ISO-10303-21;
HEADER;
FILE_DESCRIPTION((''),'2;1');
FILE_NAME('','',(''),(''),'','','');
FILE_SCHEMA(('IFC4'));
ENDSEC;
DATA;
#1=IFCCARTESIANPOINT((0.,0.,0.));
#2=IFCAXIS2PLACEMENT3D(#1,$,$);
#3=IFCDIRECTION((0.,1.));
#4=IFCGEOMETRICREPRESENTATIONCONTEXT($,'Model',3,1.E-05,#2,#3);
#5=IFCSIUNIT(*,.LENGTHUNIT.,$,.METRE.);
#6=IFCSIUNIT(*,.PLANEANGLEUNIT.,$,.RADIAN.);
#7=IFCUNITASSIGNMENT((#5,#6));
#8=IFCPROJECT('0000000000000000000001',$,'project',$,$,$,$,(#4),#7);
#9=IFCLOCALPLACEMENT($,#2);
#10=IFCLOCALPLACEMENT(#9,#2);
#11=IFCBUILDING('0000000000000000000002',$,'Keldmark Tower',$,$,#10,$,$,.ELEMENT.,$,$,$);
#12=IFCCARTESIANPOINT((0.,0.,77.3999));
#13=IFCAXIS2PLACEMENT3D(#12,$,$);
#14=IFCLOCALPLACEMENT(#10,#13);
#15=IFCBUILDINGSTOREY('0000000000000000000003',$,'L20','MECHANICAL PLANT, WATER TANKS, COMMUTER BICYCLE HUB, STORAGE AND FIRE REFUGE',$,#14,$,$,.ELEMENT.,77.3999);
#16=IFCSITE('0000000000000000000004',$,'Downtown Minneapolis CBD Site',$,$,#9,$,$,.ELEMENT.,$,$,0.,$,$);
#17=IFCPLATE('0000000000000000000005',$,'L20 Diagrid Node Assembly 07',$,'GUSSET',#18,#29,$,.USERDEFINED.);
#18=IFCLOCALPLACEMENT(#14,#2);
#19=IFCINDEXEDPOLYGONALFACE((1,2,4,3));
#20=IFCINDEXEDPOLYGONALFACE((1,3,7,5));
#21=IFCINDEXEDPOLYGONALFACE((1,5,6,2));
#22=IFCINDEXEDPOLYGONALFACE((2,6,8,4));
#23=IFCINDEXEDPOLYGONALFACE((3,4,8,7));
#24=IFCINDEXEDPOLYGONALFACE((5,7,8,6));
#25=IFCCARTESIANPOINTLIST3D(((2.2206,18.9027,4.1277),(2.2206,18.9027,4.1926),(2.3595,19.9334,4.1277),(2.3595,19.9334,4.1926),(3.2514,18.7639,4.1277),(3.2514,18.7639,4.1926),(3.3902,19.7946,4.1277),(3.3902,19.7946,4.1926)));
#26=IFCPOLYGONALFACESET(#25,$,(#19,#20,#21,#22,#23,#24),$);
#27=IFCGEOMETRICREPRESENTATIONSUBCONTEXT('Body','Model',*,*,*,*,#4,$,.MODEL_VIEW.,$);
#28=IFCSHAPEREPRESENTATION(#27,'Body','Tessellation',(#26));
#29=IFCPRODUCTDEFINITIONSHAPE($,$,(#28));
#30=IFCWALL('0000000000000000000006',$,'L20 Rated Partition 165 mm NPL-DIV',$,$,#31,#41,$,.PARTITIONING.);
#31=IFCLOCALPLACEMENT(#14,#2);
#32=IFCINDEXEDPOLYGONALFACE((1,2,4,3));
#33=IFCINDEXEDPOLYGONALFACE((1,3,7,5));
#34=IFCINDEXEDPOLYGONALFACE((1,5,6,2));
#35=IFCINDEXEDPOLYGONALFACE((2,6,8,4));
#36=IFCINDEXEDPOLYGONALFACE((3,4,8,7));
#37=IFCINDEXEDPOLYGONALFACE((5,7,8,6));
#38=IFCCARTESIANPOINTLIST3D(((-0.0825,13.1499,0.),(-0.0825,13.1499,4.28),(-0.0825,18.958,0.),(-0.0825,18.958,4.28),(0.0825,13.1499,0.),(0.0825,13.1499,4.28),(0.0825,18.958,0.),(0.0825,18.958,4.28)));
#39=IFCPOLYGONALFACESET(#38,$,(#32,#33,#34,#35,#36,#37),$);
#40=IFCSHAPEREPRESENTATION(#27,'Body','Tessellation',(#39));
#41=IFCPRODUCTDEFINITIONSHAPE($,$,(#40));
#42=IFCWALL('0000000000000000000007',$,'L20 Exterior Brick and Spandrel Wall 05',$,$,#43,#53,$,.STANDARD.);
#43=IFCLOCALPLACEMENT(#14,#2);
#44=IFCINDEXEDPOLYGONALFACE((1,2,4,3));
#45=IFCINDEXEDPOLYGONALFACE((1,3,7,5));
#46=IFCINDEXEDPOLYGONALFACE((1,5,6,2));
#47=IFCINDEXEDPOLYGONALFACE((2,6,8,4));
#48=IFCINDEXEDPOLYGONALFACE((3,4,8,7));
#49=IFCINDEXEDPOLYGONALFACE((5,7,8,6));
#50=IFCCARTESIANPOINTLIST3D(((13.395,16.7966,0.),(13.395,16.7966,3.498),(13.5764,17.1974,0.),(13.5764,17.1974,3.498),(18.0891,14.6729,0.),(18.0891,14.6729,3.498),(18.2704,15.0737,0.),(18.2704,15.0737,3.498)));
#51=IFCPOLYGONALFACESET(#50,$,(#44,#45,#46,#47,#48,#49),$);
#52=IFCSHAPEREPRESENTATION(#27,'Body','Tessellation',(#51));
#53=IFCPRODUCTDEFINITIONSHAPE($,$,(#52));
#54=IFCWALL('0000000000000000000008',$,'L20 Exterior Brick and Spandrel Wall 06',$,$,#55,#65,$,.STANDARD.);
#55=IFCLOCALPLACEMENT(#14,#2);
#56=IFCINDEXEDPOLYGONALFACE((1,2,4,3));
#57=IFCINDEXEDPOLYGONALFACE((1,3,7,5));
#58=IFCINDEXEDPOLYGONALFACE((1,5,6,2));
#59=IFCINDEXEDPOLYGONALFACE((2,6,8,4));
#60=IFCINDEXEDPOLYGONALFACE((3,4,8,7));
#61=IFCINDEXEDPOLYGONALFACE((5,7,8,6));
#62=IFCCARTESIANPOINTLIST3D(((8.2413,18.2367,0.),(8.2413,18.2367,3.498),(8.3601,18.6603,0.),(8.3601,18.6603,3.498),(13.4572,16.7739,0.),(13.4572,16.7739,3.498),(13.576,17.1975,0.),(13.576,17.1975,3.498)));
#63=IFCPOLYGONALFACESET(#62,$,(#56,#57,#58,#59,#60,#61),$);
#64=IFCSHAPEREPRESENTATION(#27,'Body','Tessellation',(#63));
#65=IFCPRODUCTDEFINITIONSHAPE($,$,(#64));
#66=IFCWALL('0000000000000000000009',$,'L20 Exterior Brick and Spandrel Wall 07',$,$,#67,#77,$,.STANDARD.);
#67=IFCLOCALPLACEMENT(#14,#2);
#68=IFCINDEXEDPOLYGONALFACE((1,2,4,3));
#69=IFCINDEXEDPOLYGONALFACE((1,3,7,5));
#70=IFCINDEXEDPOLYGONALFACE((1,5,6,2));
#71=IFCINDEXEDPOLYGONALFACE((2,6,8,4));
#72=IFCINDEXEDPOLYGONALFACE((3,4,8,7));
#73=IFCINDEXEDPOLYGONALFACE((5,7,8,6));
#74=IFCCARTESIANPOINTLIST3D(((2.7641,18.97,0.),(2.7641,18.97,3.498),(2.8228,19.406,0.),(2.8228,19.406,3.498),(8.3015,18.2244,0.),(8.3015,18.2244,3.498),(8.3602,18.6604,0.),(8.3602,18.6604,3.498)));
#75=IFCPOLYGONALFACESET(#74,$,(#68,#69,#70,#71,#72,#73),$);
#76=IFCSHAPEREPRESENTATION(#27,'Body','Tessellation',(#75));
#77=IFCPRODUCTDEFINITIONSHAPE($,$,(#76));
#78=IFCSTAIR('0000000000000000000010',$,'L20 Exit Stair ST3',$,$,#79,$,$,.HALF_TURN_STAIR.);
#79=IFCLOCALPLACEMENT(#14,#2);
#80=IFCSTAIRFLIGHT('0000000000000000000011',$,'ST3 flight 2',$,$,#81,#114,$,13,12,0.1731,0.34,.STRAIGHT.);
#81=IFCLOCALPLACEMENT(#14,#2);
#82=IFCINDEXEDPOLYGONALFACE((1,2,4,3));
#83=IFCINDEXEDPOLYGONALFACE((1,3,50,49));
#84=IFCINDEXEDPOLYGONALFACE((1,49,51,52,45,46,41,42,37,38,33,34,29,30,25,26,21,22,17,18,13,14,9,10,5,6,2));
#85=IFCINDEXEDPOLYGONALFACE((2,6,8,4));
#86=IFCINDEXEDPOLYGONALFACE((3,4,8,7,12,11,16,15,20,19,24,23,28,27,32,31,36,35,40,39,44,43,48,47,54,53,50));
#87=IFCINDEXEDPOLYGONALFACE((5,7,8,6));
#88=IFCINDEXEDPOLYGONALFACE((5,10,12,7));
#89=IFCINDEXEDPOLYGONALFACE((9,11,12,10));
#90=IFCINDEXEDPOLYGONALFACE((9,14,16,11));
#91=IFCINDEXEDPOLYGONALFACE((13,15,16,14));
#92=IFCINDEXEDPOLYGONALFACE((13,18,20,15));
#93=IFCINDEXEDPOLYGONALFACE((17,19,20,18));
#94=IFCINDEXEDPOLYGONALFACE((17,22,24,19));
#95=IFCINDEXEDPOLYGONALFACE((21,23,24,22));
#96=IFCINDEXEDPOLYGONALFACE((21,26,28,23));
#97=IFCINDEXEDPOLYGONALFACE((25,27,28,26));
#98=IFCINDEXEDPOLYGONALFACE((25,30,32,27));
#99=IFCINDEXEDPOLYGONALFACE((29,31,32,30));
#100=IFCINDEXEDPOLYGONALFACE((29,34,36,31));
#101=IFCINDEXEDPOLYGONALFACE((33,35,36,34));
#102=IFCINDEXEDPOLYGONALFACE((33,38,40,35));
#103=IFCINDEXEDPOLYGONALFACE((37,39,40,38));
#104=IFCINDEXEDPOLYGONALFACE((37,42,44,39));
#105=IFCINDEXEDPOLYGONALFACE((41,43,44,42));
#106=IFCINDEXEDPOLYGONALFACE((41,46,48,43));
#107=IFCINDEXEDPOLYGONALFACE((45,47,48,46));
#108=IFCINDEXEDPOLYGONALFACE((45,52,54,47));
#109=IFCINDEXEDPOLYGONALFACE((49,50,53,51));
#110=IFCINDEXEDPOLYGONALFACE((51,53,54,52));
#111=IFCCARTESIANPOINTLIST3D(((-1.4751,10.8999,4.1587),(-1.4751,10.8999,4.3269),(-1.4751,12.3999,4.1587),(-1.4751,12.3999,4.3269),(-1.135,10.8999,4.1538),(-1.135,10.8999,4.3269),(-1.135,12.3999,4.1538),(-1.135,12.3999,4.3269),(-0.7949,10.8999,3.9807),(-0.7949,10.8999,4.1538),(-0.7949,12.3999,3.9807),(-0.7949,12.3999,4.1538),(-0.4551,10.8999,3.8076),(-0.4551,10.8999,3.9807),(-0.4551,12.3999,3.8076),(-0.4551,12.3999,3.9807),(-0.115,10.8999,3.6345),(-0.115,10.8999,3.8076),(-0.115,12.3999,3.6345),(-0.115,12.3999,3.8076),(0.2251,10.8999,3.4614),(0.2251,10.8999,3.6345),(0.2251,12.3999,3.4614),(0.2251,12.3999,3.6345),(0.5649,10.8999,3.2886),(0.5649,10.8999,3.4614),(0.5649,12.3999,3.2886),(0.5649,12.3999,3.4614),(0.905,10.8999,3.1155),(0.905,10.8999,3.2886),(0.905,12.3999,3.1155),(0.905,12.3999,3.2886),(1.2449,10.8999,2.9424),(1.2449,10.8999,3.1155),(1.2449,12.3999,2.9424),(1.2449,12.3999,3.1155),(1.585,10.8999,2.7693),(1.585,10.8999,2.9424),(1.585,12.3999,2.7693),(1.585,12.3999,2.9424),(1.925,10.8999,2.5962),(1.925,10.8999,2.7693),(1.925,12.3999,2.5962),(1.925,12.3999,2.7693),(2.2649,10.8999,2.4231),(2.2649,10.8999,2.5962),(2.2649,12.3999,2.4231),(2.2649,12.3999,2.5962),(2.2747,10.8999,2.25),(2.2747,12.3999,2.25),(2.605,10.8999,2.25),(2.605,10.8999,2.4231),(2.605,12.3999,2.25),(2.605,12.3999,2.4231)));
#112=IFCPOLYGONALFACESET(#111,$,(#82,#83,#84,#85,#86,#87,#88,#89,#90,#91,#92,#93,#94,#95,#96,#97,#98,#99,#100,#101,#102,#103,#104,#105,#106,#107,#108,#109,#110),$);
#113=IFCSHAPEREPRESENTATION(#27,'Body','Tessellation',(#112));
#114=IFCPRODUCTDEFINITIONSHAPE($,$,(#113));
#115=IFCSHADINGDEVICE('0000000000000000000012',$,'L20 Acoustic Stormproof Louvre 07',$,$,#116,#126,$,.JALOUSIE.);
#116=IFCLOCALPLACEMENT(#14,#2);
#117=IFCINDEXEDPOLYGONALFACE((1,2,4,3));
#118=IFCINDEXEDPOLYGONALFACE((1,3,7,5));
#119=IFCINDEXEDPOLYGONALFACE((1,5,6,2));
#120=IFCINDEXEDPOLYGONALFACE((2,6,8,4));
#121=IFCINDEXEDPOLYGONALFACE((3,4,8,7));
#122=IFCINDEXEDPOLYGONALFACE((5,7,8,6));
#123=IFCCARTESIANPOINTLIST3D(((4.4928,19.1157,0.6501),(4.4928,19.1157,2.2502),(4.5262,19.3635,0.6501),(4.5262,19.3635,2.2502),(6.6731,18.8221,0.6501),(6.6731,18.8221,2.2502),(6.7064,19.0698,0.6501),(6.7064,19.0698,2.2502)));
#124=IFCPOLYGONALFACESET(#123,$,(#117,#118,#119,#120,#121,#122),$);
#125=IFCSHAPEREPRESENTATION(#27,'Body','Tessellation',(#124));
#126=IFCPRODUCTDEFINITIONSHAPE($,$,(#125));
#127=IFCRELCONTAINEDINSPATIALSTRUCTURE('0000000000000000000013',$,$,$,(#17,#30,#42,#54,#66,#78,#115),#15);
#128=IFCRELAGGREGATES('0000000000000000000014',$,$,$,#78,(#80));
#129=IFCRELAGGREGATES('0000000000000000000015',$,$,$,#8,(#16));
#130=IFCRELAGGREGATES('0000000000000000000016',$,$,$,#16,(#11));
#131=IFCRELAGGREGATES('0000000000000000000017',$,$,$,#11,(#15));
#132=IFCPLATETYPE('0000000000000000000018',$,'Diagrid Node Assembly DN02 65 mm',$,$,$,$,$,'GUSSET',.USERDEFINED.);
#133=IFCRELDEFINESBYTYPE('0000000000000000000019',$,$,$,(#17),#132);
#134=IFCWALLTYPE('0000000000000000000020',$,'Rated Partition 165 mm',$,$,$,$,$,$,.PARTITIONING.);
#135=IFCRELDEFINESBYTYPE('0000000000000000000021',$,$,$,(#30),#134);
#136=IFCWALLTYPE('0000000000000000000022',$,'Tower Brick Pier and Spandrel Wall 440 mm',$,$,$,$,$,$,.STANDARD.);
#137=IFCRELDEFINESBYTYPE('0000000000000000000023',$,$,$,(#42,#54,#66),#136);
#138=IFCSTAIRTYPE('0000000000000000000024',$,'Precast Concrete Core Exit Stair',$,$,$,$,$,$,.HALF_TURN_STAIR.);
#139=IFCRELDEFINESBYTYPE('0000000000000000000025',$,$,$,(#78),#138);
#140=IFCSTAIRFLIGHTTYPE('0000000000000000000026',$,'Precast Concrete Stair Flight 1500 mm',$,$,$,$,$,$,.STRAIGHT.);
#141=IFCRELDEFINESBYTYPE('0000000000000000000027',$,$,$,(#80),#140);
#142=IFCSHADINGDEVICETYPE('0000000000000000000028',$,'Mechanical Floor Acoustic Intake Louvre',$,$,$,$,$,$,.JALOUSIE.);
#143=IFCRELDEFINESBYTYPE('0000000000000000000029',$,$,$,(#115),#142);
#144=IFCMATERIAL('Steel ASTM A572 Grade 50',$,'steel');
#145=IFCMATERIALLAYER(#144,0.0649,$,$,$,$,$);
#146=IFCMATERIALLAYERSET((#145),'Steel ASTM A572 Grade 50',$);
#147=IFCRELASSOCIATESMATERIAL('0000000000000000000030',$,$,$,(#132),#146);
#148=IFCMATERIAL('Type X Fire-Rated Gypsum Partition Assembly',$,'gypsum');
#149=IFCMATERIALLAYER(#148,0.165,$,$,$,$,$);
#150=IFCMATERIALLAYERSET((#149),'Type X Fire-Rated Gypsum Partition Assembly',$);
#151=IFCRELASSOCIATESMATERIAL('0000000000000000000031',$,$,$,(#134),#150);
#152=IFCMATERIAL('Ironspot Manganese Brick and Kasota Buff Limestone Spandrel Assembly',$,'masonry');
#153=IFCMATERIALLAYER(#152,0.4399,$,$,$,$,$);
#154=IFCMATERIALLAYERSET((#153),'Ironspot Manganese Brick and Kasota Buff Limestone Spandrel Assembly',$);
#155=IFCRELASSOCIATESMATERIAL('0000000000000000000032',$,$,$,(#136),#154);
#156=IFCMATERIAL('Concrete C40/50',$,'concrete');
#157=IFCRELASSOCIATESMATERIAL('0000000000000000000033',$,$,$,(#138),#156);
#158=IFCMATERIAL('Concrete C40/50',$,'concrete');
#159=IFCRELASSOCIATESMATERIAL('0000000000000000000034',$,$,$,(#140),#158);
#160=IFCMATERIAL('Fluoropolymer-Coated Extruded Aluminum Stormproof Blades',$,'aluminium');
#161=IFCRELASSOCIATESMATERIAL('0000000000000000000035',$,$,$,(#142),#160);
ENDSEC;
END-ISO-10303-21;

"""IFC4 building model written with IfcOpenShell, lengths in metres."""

from ifc_helpers import new_model, si_unit, direction, frame, frame_2d, origin, origin_2d, place, context, subcontext, project, spatial, polyline, rectangle, outline, extrude, material, layer, layer_set, type_object, element, aggregate, save


model = new_model("IFC4")

# Units and contexts
model_context = context("Model", 3, precision=1e-05, world=origin(), true_north=direction((0.0, 1.0)))
body_context = subcontext(model_context, "Body", "Model", "MODEL_VIEW")
ifc_project = project(units=[si_unit("LENGTHUNIT", "METRE"), si_unit("PLANEANGLEUNIT", "RADIAN")], contexts=[model_context])

# Site, building, storey
site_placement = place(None, origin())
site = spatial("IfcSite", under=ifc_project, at=site_placement, Name="Downtown Minneapolis CBD Site", CompositionType="ELEMENT", RefElevation=0.0)
building_placement = place(site_placement, origin())
building = spatial("IfcBuilding", under=site, at=building_placement, Name="Keldmark Tower", CompositionType="ELEMENT")
storey_placement = place(building_placement, frame((0.0, 0.0, 77.3999)))
storey = spatial("IfcBuildingStorey", under=building, at=storey_placement, Name="L20", Description="MECHANICAL PLANT, WATER TANKS, COMMUTER BICYCLE HUB, STORAGE AND FIRE REFUGE", CompositionType="ELEMENT", Elevation=77.3999)

# Plate
ifc_material_1 = material(Name="Steel ASTM A572 Grade 50", Category="steel")
ifc_layer_1 = layer(ifc_material_1, 0.0649)
ifc_layer_set_1 = layer_set([ifc_layer_1], Name="Steel ASTM A572 Grade 50")
plate_type_1 = type_object("IfcPlateType", Name="Diagrid Node Assembly DN02 65 mm", ElementType="GUSSET", PredefinedType="USERDEFINED", material=ifc_layer_set_1)
plate_placement = place(storey_placement, frame((2.8054, 19.3486, 4.1277), z_axis=(0.0, 0.0, 1.0), x_axis=(-0.991053, 0.133467, 0.0)))
element("IfcPlate", 1, at=plate_placement, inside=storey, type_object=plate_type_1, Name="L20 Diagrid Node Assembly 07", ObjectType="GUSSET", PredefinedType="USERDEFINED", context=body_context, shape_type="SweptSolid", body=[
    extrude(rectangle(XDim=1.04, YDim=1.04, at=origin_2d()), origin(), (0.0, 0.0, 1.0), 0.0649),
])

# Walls
ifc_material_2 = material(Name="Type X Fire-Rated Gypsum Partition Assembly", Category="gypsum")
ifc_layer_2 = layer(ifc_material_2, 0.165)
ifc_layer_set_2 = layer_set([ifc_layer_2], Name="Type X Fire-Rated Gypsum Partition Assembly")
wall_type_1 = type_object("IfcWallType", Name="Rated Partition 165 mm", PredefinedType="PARTITIONING", material=ifc_layer_set_2)
wall_1_placement = place(storey_placement, frame((0.0, 13.1499, 0.0), z_axis=(0.0, 0.0, 1.0), x_axis=(0.0, 1.0, 0.0)))
element("IfcWall", 2, at=wall_1_placement, inside=storey, type_object=wall_type_1, Name="L20 Rated Partition 165 mm NPL-DIV", PredefinedType="PARTITIONING", context=body_context, shape_type="SweptSolid", body=[
    extrude(rectangle(XDim=5.8081, YDim=0.165, at=frame_2d((2.9041, 0.0))), origin(), (0.0, 0.0, 1.0), 4.28),
])
ifc_material_3 = material(Name="Ironspot Manganese Brick and Kasota Buff Limestone Spandrel Assembly", Category="masonry")
ifc_layer_3 = layer(ifc_material_3, 0.4399)
ifc_layer_set_3 = layer_set([ifc_layer_3], Name="Ironspot Manganese Brick and Kasota Buff Limestone Spandrel Assembly")
wall_type_2 = type_object("IfcWallType", Name="Tower Brick Pier and Spandrel Wall 440 mm", PredefinedType="STANDARD", material=ifc_layer_set_3)
wall_2_placement = place(storey_placement, frame((13.4856, 16.9971, 0.0), z_axis=(0.0, 0.0, 1.0), x_axis=(0.911089, -0.41221, 0.0)))
element("IfcWall", 3, at=wall_2_placement, inside=storey, type_object=wall_type_2, Name="L20 Exterior Brick and Spandrel Wall 05", PredefinedType="STANDARD", context=body_context, shape_type="SweptSolid", body=[
    extrude(rectangle(XDim=5.1521, YDim=0.4399, at=frame_2d((2.5762, 0.0))), origin(), (0.0, 0.0, 1.0), 3.498),
])
wall_3_placement = place(storey_placement, frame((8.3008, 18.4485, 0.0), z_axis=(0.0, 0.0, 1.0), x_axis=(0.962849, -0.270039, 0.0)))
element("IfcWall", 4, at=wall_3_placement, inside=storey, type_object=wall_type_2, Name="L20 Exterior Brick and Spandrel Wall 06", PredefinedType="STANDARD", context=body_context, shape_type="SweptSolid", body=[
    extrude(rectangle(XDim=5.4172, YDim=0.4399, at=frame_2d((2.7085, 0.0))), origin(), (0.0, 0.0, 1.0), 3.498),
])
wall_4_placement = place(storey_placement, frame((2.7935, 19.188, 0.0), z_axis=(0.0, 0.0, 1.0), x_axis=(0.991056, -0.133446, 0.0)))
element("IfcWall", 5, at=wall_4_placement, inside=storey, type_object=wall_type_2, Name="L20 Exterior Brick and Spandrel Wall 07", PredefinedType="STANDARD", context=body_context, shape_type="SweptSolid", body=[
    extrude(rectangle(XDim=5.5874, YDim=0.4399, at=frame_2d((2.7937, 0.0))), origin(), (0.0, 0.0, 1.0), 3.498),
])

# Stair, stair flight
ifc_material_4 = material(Name="Concrete C40/50", Category="concrete")
stair_type = type_object("IfcStairType", Name="Precast Concrete Core Exit Stair", PredefinedType="HALF_TURN_STAIR", material=ifc_material_4)
stair_placement = place(storey_placement, origin())
stair = element("IfcStair", 6, at=stair_placement, inside=storey, type_object=stair_type, Name="L20 Exit Stair ST3", PredefinedType="HALF_TURN_STAIR")
ifc_material_5 = material(Name="Concrete C40/50", Category="concrete")
stair_flight_type = type_object("IfcStairFlightType", Name="Precast Concrete Stair Flight 1500 mm", PredefinedType="STRAIGHT", material=ifc_material_5)
stair_flight_placement = place(storey_placement, frame((2.605, 11.6499, 2.25), z_axis=(0.0, 0.0, 1.0), x_axis=(-1.0, 0.0, 0.0)))
stair_flight = element("IfcStairFlight", 7, at=stair_flight_placement, type_object=stair_flight_type, Name="ST3 flight 2", NumberOfRisers=13, NumberOfTreads=12, PredefinedType="STRAIGHT", RiserHeight=0.1731, TreadLength=0.34, context=body_context, shape_type="SweptSolid", body=[
    extrude(outline(polyline([(0.0, 0.0), (0.0, 0.1731), (0.3401, 0.1731), (0.3401, 0.3462), (0.6799, 0.3462), (0.6799, 0.5193), (1.02, 0.5193), (1.02, 0.6924), (1.3601, 0.6924), (1.3601, 0.8655), (1.7, 0.8655), (1.7, 1.0386), (2.04, 1.0386), (2.04, 1.2114), (2.3799, 1.2114), (2.3799, 1.3845), (2.72, 1.3845), (2.72, 1.5576), (3.0601, 1.5576), (3.0601, 1.7307), (3.3999, 1.7307), (3.3999, 1.9038), (3.74, 1.9038), (3.74, 2.0769), (4.0801, 2.0769), (4.0801, 2.25), (4.0801, 1.9087), (0.3303, 0.0), (0.0, 0.0)])), frame((0.0, 0.75, 0.0), z_axis=(0.0, -1.0, 0.0), x_axis=(1.0, 0.0, 0.0)), (0.0, 0.0, 1.0), 1.5),
])
aggregate(stair, [stair_flight])

# Shading device
ifc_material_6 = material(Name="Fluoropolymer-Coated Extruded Aluminum Stormproof Blades", Category="aluminium")
shading_device_type = type_object("IfcShadingDeviceType", Name="Mechanical Floor Acoustic Intake Louvre", PredefinedType="JALOUSIE", material=ifc_material_6)
shading_device_placement = place(storey_placement, frame((5.5996, 19.0928, 0.6501), z_axis=(0.0, 0.0, 1.0), x_axis=(-0.991051, 0.133485, 0.0)))
element("IfcShadingDevice", 8, at=shading_device_placement, inside=storey, type_object=shading_device_type, Name="L20 Acoustic Stormproof Louvre 07", PredefinedType="JALOUSIE", context=body_context, shape_type="SweptSolid", body=[
    extrude(rectangle(XDim=2.2, YDim=0.25, at=origin_2d()), origin(), (0.0, 0.0, 1.0), 1.6001),
])

save(model, "model.ifc")
